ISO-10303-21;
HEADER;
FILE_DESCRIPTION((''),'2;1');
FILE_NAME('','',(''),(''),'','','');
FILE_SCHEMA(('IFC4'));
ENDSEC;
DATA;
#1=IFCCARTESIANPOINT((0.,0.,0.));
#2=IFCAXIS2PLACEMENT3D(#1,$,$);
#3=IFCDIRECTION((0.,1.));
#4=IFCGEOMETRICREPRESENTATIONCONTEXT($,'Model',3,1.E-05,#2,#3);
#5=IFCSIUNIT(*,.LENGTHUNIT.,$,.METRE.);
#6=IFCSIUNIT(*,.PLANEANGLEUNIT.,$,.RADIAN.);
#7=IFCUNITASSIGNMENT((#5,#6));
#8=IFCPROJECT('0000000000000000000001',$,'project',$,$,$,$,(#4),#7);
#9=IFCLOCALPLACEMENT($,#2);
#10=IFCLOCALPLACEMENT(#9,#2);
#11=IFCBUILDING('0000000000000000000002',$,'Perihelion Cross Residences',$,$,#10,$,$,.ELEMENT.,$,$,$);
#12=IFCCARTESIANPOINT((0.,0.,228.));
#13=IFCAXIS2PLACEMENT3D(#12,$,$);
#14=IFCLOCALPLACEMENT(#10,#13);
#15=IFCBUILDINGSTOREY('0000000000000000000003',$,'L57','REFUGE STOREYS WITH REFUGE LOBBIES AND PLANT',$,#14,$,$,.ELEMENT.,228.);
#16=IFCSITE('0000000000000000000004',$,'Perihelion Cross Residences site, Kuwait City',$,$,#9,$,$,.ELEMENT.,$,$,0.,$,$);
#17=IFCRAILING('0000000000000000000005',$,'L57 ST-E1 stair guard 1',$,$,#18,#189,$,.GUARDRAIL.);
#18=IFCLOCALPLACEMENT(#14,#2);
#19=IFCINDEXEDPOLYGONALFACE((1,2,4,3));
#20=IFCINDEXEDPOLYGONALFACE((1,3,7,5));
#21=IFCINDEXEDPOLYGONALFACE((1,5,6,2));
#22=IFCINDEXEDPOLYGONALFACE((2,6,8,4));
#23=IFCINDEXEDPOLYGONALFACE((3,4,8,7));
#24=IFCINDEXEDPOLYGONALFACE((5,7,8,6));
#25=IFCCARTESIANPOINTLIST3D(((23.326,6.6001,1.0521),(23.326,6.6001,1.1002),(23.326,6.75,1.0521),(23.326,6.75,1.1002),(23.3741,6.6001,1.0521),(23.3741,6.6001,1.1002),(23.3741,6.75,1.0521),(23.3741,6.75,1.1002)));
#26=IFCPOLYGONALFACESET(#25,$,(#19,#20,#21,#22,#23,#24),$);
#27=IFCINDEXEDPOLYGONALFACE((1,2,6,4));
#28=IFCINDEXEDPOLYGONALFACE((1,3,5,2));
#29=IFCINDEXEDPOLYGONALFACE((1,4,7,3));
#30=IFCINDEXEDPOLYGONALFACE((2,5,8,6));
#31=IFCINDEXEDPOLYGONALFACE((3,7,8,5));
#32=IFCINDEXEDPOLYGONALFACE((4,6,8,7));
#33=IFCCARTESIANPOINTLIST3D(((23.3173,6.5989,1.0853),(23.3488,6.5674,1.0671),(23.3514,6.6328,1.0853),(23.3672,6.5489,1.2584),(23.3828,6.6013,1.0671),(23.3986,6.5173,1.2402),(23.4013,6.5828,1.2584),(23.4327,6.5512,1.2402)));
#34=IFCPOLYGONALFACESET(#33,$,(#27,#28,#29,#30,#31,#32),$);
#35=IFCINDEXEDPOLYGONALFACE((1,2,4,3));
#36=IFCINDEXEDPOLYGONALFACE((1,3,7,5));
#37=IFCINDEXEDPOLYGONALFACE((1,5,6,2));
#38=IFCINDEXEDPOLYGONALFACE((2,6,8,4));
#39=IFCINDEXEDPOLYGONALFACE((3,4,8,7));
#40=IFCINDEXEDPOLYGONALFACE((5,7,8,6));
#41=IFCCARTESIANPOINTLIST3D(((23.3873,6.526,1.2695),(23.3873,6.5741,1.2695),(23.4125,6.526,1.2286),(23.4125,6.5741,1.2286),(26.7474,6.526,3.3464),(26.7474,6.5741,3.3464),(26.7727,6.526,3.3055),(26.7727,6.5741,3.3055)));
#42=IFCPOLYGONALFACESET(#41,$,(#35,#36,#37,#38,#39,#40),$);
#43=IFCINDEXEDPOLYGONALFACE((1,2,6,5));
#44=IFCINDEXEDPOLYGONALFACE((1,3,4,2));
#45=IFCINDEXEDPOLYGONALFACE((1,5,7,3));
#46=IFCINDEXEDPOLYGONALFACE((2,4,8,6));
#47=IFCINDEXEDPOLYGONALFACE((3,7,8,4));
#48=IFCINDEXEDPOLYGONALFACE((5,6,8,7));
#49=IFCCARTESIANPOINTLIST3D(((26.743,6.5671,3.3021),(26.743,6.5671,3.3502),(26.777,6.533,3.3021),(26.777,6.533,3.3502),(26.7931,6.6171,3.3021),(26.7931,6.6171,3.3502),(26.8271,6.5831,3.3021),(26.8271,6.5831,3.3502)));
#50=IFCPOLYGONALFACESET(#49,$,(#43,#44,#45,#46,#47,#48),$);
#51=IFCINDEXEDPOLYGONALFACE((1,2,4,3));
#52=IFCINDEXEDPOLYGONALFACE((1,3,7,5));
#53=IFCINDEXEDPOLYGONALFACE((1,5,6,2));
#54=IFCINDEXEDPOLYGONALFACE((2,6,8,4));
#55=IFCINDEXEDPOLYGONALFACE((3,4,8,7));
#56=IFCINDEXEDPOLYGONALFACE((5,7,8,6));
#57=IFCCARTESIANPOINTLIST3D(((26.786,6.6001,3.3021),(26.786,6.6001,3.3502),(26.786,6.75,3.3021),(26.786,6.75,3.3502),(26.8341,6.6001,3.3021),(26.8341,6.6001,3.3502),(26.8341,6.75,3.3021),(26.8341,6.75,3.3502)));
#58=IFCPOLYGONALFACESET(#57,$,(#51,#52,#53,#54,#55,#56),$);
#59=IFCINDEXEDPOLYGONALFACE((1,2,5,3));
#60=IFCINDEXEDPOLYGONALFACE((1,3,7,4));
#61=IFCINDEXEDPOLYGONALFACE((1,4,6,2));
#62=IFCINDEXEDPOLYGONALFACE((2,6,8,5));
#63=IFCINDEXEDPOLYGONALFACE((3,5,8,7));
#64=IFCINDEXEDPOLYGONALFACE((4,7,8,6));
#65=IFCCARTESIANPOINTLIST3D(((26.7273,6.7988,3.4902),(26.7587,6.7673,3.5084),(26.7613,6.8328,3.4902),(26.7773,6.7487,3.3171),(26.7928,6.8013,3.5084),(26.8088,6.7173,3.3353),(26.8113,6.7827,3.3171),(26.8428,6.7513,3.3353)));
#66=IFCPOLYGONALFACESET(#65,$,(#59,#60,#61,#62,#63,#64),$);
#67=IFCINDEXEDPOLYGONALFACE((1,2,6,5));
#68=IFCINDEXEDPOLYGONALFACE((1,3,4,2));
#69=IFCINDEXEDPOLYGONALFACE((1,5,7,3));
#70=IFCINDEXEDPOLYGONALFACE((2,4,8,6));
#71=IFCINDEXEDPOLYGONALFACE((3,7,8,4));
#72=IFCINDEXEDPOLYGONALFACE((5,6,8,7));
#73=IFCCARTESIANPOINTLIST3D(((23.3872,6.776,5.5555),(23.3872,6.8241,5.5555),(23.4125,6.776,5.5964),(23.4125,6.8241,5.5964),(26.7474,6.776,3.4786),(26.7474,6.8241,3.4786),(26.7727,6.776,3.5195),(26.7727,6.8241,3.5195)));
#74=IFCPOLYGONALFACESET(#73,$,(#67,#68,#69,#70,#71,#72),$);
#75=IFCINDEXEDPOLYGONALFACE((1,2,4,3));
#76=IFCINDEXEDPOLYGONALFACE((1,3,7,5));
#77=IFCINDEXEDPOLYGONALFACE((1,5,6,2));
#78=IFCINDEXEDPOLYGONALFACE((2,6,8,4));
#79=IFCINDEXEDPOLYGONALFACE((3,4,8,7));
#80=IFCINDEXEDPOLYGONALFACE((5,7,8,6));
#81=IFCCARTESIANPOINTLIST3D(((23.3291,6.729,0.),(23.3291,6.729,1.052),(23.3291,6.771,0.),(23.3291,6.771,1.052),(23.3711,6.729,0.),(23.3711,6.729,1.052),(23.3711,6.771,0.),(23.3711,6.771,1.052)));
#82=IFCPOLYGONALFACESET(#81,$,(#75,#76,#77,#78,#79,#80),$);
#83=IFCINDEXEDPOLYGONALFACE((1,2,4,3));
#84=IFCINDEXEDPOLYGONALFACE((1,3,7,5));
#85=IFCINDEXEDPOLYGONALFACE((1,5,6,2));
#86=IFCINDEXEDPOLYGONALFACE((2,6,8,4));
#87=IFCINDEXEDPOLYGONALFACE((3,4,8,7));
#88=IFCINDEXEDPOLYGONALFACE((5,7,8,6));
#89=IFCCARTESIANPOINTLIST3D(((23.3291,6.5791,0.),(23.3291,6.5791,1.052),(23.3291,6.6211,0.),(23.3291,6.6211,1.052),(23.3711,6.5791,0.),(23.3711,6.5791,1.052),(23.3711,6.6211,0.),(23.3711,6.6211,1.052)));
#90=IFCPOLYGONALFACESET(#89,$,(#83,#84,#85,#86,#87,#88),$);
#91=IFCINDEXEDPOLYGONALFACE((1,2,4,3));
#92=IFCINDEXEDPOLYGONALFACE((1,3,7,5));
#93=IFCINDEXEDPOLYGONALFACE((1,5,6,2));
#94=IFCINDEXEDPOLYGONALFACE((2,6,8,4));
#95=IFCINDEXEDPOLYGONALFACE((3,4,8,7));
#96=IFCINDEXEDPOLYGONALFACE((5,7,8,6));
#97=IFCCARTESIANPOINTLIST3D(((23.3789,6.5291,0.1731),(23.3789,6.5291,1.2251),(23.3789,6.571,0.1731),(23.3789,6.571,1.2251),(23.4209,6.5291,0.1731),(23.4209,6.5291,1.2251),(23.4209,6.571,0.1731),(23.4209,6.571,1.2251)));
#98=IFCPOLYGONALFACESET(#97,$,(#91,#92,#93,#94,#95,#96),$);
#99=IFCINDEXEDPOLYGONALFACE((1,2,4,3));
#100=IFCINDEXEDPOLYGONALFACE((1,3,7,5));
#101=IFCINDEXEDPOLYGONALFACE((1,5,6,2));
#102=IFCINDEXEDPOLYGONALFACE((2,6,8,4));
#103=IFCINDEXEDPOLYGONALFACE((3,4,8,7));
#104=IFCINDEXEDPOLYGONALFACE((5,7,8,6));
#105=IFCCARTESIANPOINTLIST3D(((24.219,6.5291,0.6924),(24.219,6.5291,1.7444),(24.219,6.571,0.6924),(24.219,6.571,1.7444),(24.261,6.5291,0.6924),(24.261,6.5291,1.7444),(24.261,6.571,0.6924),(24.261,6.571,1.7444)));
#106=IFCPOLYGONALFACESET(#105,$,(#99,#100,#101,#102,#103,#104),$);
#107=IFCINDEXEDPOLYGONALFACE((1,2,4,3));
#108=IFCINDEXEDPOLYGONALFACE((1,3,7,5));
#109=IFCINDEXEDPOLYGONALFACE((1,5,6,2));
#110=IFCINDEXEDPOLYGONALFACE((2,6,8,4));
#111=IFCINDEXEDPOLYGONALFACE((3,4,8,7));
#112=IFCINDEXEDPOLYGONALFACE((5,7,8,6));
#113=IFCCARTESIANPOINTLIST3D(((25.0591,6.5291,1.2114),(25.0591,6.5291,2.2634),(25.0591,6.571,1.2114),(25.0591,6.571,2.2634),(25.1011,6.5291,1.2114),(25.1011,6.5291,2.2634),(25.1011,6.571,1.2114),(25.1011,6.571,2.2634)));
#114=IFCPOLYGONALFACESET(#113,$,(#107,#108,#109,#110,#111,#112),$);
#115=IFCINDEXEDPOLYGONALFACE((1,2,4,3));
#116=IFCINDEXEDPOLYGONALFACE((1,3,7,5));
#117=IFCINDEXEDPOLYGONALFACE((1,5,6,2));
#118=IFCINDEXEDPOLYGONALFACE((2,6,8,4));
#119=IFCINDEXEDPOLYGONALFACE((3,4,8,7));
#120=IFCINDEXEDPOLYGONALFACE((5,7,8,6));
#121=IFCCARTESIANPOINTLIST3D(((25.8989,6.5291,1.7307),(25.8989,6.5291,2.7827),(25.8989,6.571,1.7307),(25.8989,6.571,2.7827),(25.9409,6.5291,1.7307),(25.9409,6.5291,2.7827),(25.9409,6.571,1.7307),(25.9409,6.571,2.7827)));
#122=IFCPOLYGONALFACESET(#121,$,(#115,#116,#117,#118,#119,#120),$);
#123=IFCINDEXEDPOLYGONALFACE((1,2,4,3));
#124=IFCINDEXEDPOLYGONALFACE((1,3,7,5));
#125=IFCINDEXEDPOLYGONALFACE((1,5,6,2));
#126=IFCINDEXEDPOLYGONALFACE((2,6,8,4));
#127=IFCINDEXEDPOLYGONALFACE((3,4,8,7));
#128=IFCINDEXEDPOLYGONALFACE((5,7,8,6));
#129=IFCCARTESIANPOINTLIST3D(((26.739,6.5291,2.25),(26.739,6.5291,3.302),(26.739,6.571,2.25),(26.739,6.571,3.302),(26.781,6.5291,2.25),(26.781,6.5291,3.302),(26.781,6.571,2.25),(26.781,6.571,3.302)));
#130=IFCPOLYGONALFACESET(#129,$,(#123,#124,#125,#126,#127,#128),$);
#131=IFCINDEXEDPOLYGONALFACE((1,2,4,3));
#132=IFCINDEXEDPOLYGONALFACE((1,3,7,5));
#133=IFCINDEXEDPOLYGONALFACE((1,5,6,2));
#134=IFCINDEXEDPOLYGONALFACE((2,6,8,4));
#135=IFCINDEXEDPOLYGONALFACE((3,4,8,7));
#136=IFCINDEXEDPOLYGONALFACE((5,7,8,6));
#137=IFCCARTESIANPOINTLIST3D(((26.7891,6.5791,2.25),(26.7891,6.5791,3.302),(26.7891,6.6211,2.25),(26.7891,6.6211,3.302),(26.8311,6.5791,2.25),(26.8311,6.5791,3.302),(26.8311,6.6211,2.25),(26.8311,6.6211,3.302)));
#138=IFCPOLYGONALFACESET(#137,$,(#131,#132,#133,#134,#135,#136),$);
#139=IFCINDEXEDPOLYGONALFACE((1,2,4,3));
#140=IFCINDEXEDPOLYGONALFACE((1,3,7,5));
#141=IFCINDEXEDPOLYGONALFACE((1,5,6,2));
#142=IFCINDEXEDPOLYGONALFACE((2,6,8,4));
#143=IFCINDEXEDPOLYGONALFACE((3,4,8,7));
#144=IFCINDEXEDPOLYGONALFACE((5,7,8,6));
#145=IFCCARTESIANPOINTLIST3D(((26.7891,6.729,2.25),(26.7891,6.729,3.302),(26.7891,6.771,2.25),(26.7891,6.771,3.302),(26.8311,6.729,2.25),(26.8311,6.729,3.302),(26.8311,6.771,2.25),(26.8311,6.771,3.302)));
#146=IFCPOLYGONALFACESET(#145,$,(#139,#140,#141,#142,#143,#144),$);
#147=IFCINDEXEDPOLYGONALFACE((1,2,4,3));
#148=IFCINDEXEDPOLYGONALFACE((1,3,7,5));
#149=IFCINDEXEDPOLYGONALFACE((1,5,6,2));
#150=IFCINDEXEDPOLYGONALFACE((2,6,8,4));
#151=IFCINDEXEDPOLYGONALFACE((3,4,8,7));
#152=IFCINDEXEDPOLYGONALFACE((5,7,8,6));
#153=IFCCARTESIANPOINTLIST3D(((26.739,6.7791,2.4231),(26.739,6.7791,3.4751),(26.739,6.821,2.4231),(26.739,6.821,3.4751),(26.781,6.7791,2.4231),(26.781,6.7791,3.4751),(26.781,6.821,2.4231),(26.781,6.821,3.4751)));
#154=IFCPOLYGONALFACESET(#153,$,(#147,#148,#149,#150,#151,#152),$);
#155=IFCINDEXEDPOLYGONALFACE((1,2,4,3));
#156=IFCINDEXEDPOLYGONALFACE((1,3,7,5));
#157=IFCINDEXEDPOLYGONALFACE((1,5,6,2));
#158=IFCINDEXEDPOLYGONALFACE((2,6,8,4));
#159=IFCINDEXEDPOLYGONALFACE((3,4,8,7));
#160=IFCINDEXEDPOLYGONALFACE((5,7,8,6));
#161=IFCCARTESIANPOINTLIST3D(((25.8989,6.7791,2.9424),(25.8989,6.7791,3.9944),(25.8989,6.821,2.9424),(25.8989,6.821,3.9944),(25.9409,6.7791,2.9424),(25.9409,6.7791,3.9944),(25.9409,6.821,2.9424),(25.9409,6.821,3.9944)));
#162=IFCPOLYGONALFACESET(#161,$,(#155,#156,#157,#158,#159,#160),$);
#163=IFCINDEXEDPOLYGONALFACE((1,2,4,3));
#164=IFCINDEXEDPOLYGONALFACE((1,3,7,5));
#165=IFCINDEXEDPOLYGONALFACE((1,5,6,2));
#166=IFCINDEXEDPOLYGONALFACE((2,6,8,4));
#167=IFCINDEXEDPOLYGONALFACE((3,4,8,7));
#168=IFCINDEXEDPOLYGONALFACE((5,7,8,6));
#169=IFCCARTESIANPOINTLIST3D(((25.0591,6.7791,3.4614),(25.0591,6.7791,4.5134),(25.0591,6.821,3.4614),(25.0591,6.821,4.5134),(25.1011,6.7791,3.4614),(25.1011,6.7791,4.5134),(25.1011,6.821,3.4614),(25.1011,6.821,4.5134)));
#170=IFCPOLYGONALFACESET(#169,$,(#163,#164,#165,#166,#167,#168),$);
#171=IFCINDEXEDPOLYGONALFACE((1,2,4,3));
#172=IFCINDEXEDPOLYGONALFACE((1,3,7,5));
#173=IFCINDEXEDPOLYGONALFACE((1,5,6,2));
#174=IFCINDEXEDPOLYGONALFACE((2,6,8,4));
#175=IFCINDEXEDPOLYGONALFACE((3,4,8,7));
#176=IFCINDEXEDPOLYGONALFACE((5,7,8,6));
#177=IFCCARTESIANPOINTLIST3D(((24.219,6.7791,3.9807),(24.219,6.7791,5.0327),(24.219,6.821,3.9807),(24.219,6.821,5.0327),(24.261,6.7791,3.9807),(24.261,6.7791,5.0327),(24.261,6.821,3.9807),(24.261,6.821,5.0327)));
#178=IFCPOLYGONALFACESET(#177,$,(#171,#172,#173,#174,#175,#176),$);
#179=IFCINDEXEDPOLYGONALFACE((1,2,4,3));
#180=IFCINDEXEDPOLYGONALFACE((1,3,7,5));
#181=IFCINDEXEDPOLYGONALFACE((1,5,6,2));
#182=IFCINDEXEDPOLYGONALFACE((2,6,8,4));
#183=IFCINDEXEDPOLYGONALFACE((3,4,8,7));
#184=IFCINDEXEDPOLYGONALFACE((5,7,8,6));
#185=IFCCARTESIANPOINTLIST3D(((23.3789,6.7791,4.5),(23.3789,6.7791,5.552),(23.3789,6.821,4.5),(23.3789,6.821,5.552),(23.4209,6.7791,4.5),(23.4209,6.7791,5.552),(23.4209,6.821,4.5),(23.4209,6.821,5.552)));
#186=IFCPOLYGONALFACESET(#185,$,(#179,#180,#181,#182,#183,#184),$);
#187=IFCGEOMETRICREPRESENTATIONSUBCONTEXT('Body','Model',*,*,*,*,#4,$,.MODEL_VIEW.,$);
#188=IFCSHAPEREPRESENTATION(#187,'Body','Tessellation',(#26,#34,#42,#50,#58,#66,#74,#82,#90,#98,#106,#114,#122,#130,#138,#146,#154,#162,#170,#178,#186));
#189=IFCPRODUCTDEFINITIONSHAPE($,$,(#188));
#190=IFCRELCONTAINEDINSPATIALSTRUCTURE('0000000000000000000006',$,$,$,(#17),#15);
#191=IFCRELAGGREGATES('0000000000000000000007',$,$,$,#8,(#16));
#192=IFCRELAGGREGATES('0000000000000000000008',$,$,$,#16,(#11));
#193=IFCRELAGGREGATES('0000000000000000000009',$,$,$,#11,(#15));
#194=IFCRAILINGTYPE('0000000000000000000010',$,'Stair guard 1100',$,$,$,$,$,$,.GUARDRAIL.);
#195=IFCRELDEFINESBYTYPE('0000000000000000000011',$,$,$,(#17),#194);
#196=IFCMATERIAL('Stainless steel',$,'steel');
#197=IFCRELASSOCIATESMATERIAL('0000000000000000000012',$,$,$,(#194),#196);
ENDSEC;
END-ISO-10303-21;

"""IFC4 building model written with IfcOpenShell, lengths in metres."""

from ifc_helpers import new_model, si_unit, direction, frame, origin, origin_2d, place, context, subcontext, project, spatial, rectangle, extrude, material, type_object, element, save


model = new_model("IFC4")

# Units and contexts
model_context = context("Model", 3, precision=1e-05, world=origin(), true_north=direction((0.0, 1.0)))
body_context = subcontext(model_context, "Body", "Model", "MODEL_VIEW")
ifc_project = project(units=[si_unit("LENGTHUNIT", "METRE"), si_unit("PLANEANGLEUNIT", "RADIAN")], contexts=[model_context])

# Site, building, storey
site_placement = place(None, origin())
site = spatial("IfcSite", under=ifc_project, at=site_placement, Name="Perihelion Cross Residences site, Kuwait City", CompositionType="ELEMENT", RefElevation=0.0)
building_placement = place(site_placement, origin())
building = spatial("IfcBuilding", under=site, at=building_placement, Name="Perihelion Cross Residences", CompositionType="ELEMENT")
storey_placement = place(building_placement, frame((0.0, 0.0, 228.0)))
storey = spatial("IfcBuildingStorey", under=building, at=storey_placement, Name="L57", Description="REFUGE STOREYS WITH REFUGE LOBBIES AND PLANT", CompositionType="ELEMENT", Elevation=228.0)

# Railing
ifc_material_1 = material(Name="Stainless steel", Category="steel")
railing_type_1 = type_object("IfcRailingType", Name="Stair guard 1100", PredefinedType="GUARDRAIL", material=ifc_material_1)
railing_1_placement = place(storey_placement, frame((23.3501, 6.75, 0.0)))
element("IfcRailing", 1, at=railing_1_placement, inside=storey, type_object=railing_type_1, Name="L57 ST-E1 stair guard 1", PredefinedType="GUARDRAIL", context=body_context, shape_type="SweptSolid", body=[
    extrude(rectangle(XDim=0.0481, YDim=0.0481, at=origin_2d()), frame((0.0, 0.0, 1.0762), z_axis=(0.0, -1.0, 0.0), x_axis=(1.0, 0.0, 0.0)), (0.0, 0.0, 1.0), 0.1499),
    extrude(rectangle(XDim=0.0481, YDim=0.0481, at=origin_2d()), frame((0.0, -0.1499, 1.0762), z_axis=(0.266417, -0.267723, 0.92593), x_axis=(0.708834, 0.705376, 0.0)), (0.0, 0.0, 1.0), 0.187),
    extrude(rectangle(XDim=0.0481, YDim=0.0481, at=origin_2d()), frame((0.0498, -0.2, 1.249), z_axis=(0.850623, 0.0, 0.525776), x_axis=(0.0, 1.0, 0.0)), (0.0, 0.0, 1.0), 3.9502),
    extrude(rectangle(XDim=0.0481, YDim=0.0481, at=origin_2d()), frame((3.4099, -0.2, 3.3262), z_axis=(0.707107, 0.707107, 0.0), x_axis=(-0.707107, 0.707107, 0.0)), (0.0, 0.0, 1.0), 0.0708),
    extrude(rectangle(XDim=0.0481, YDim=0.0481, at=origin_2d()), frame((3.46, -0.1499, 3.3262), z_axis=(0.0, 1.0, 0.0), x_axis=(-1.0, 0.0, 0.0)), (0.0, 0.0, 1.0), 0.1499),
    extrude(rectangle(XDim=0.0481, YDim=0.0481, at=origin_2d()), frame((3.46, 0.0, 3.3262), z_axis=(-0.26763, 0.26763, 0.925607), x_axis=(-0.707107, -0.707107, 0.0)), (0.0, 0.0, 1.0), 0.187),
    extrude(rectangle(XDim=0.0481, YDim=0.0481, at=origin_2d()), frame((3.4099, 0.05, 3.499), z_axis=(-0.850623, 0.0, 0.525776), x_axis=(0.0, -1.0, 0.0)), (0.0, 0.0, 1.0), 3.9502),
    extrude(rectangle(XDim=0.042, YDim=0.042, at=origin_2d()), origin(), (0.0, 0.0, 1.0), 1.052),
    extrude(rectangle(XDim=0.042, YDim=0.042, at=origin_2d()), frame((0.0, -0.1499, 0.0)), (0.0, 0.0, 1.0), 1.052),
    extrude(rectangle(XDim=0.042, YDim=0.042, at=origin_2d()), frame((0.0498, -0.2, 0.1731)), (0.0, 0.0, 1.0), 1.052),
    extrude(rectangle(XDim=0.042, YDim=0.042, at=origin_2d()), frame((0.8899, -0.2, 0.6924)), (0.0, 0.0, 1.0), 1.052),
    extrude(rectangle(XDim=0.042, YDim=0.042, at=origin_2d()), frame((1.73, -0.2, 1.2114)), (0.0, 0.0, 1.0), 1.052),
    extrude(rectangle(XDim=0.042, YDim=0.042, at=origin_2d()), frame((2.5698, -0.2, 1.7307)), (0.0, 0.0, 1.0), 1.052),
    extrude(rectangle(XDim=0.042, YDim=0.042, at=origin_2d()), frame((3.4099, -0.2, 2.25)), (0.0, 0.0, 1.0), 1.052),
    extrude(rectangle(XDim=0.042, YDim=0.042, at=origin_2d()), frame((3.46, -0.1499, 2.25)), (0.0, 0.0, 1.0), 1.052),
    extrude(rectangle(XDim=0.042, YDim=0.042, at=origin_2d()), frame((3.46, 0.0, 2.25)), (0.0, 0.0, 1.0), 1.052),
    extrude(rectangle(XDim=0.042, YDim=0.042, at=origin_2d()), frame((3.4099, 0.05, 2.4231)), (0.0, 0.0, 1.0), 1.052),
    extrude(rectangle(XDim=0.042, YDim=0.042, at=origin_2d()), frame((2.5698, 0.05, 2.9424)), (0.0, 0.0, 1.0), 1.052),
    extrude(rectangle(XDim=0.042, YDim=0.042, at=origin_2d()), frame((1.73, 0.05, 3.4614)), (0.0, 0.0, 1.0), 1.052),
    extrude(rectangle(XDim=0.042, YDim=0.042, at=origin_2d()), frame((0.8899, 0.05, 3.9807)), (0.0, 0.0, 1.0), 1.052),
    extrude(rectangle(XDim=0.042, YDim=0.042, at=origin_2d()), frame((0.0498, 0.05, 4.5)), (0.0, 0.0, 1.0), 1.052),
])

save(model, "model.ifc")
